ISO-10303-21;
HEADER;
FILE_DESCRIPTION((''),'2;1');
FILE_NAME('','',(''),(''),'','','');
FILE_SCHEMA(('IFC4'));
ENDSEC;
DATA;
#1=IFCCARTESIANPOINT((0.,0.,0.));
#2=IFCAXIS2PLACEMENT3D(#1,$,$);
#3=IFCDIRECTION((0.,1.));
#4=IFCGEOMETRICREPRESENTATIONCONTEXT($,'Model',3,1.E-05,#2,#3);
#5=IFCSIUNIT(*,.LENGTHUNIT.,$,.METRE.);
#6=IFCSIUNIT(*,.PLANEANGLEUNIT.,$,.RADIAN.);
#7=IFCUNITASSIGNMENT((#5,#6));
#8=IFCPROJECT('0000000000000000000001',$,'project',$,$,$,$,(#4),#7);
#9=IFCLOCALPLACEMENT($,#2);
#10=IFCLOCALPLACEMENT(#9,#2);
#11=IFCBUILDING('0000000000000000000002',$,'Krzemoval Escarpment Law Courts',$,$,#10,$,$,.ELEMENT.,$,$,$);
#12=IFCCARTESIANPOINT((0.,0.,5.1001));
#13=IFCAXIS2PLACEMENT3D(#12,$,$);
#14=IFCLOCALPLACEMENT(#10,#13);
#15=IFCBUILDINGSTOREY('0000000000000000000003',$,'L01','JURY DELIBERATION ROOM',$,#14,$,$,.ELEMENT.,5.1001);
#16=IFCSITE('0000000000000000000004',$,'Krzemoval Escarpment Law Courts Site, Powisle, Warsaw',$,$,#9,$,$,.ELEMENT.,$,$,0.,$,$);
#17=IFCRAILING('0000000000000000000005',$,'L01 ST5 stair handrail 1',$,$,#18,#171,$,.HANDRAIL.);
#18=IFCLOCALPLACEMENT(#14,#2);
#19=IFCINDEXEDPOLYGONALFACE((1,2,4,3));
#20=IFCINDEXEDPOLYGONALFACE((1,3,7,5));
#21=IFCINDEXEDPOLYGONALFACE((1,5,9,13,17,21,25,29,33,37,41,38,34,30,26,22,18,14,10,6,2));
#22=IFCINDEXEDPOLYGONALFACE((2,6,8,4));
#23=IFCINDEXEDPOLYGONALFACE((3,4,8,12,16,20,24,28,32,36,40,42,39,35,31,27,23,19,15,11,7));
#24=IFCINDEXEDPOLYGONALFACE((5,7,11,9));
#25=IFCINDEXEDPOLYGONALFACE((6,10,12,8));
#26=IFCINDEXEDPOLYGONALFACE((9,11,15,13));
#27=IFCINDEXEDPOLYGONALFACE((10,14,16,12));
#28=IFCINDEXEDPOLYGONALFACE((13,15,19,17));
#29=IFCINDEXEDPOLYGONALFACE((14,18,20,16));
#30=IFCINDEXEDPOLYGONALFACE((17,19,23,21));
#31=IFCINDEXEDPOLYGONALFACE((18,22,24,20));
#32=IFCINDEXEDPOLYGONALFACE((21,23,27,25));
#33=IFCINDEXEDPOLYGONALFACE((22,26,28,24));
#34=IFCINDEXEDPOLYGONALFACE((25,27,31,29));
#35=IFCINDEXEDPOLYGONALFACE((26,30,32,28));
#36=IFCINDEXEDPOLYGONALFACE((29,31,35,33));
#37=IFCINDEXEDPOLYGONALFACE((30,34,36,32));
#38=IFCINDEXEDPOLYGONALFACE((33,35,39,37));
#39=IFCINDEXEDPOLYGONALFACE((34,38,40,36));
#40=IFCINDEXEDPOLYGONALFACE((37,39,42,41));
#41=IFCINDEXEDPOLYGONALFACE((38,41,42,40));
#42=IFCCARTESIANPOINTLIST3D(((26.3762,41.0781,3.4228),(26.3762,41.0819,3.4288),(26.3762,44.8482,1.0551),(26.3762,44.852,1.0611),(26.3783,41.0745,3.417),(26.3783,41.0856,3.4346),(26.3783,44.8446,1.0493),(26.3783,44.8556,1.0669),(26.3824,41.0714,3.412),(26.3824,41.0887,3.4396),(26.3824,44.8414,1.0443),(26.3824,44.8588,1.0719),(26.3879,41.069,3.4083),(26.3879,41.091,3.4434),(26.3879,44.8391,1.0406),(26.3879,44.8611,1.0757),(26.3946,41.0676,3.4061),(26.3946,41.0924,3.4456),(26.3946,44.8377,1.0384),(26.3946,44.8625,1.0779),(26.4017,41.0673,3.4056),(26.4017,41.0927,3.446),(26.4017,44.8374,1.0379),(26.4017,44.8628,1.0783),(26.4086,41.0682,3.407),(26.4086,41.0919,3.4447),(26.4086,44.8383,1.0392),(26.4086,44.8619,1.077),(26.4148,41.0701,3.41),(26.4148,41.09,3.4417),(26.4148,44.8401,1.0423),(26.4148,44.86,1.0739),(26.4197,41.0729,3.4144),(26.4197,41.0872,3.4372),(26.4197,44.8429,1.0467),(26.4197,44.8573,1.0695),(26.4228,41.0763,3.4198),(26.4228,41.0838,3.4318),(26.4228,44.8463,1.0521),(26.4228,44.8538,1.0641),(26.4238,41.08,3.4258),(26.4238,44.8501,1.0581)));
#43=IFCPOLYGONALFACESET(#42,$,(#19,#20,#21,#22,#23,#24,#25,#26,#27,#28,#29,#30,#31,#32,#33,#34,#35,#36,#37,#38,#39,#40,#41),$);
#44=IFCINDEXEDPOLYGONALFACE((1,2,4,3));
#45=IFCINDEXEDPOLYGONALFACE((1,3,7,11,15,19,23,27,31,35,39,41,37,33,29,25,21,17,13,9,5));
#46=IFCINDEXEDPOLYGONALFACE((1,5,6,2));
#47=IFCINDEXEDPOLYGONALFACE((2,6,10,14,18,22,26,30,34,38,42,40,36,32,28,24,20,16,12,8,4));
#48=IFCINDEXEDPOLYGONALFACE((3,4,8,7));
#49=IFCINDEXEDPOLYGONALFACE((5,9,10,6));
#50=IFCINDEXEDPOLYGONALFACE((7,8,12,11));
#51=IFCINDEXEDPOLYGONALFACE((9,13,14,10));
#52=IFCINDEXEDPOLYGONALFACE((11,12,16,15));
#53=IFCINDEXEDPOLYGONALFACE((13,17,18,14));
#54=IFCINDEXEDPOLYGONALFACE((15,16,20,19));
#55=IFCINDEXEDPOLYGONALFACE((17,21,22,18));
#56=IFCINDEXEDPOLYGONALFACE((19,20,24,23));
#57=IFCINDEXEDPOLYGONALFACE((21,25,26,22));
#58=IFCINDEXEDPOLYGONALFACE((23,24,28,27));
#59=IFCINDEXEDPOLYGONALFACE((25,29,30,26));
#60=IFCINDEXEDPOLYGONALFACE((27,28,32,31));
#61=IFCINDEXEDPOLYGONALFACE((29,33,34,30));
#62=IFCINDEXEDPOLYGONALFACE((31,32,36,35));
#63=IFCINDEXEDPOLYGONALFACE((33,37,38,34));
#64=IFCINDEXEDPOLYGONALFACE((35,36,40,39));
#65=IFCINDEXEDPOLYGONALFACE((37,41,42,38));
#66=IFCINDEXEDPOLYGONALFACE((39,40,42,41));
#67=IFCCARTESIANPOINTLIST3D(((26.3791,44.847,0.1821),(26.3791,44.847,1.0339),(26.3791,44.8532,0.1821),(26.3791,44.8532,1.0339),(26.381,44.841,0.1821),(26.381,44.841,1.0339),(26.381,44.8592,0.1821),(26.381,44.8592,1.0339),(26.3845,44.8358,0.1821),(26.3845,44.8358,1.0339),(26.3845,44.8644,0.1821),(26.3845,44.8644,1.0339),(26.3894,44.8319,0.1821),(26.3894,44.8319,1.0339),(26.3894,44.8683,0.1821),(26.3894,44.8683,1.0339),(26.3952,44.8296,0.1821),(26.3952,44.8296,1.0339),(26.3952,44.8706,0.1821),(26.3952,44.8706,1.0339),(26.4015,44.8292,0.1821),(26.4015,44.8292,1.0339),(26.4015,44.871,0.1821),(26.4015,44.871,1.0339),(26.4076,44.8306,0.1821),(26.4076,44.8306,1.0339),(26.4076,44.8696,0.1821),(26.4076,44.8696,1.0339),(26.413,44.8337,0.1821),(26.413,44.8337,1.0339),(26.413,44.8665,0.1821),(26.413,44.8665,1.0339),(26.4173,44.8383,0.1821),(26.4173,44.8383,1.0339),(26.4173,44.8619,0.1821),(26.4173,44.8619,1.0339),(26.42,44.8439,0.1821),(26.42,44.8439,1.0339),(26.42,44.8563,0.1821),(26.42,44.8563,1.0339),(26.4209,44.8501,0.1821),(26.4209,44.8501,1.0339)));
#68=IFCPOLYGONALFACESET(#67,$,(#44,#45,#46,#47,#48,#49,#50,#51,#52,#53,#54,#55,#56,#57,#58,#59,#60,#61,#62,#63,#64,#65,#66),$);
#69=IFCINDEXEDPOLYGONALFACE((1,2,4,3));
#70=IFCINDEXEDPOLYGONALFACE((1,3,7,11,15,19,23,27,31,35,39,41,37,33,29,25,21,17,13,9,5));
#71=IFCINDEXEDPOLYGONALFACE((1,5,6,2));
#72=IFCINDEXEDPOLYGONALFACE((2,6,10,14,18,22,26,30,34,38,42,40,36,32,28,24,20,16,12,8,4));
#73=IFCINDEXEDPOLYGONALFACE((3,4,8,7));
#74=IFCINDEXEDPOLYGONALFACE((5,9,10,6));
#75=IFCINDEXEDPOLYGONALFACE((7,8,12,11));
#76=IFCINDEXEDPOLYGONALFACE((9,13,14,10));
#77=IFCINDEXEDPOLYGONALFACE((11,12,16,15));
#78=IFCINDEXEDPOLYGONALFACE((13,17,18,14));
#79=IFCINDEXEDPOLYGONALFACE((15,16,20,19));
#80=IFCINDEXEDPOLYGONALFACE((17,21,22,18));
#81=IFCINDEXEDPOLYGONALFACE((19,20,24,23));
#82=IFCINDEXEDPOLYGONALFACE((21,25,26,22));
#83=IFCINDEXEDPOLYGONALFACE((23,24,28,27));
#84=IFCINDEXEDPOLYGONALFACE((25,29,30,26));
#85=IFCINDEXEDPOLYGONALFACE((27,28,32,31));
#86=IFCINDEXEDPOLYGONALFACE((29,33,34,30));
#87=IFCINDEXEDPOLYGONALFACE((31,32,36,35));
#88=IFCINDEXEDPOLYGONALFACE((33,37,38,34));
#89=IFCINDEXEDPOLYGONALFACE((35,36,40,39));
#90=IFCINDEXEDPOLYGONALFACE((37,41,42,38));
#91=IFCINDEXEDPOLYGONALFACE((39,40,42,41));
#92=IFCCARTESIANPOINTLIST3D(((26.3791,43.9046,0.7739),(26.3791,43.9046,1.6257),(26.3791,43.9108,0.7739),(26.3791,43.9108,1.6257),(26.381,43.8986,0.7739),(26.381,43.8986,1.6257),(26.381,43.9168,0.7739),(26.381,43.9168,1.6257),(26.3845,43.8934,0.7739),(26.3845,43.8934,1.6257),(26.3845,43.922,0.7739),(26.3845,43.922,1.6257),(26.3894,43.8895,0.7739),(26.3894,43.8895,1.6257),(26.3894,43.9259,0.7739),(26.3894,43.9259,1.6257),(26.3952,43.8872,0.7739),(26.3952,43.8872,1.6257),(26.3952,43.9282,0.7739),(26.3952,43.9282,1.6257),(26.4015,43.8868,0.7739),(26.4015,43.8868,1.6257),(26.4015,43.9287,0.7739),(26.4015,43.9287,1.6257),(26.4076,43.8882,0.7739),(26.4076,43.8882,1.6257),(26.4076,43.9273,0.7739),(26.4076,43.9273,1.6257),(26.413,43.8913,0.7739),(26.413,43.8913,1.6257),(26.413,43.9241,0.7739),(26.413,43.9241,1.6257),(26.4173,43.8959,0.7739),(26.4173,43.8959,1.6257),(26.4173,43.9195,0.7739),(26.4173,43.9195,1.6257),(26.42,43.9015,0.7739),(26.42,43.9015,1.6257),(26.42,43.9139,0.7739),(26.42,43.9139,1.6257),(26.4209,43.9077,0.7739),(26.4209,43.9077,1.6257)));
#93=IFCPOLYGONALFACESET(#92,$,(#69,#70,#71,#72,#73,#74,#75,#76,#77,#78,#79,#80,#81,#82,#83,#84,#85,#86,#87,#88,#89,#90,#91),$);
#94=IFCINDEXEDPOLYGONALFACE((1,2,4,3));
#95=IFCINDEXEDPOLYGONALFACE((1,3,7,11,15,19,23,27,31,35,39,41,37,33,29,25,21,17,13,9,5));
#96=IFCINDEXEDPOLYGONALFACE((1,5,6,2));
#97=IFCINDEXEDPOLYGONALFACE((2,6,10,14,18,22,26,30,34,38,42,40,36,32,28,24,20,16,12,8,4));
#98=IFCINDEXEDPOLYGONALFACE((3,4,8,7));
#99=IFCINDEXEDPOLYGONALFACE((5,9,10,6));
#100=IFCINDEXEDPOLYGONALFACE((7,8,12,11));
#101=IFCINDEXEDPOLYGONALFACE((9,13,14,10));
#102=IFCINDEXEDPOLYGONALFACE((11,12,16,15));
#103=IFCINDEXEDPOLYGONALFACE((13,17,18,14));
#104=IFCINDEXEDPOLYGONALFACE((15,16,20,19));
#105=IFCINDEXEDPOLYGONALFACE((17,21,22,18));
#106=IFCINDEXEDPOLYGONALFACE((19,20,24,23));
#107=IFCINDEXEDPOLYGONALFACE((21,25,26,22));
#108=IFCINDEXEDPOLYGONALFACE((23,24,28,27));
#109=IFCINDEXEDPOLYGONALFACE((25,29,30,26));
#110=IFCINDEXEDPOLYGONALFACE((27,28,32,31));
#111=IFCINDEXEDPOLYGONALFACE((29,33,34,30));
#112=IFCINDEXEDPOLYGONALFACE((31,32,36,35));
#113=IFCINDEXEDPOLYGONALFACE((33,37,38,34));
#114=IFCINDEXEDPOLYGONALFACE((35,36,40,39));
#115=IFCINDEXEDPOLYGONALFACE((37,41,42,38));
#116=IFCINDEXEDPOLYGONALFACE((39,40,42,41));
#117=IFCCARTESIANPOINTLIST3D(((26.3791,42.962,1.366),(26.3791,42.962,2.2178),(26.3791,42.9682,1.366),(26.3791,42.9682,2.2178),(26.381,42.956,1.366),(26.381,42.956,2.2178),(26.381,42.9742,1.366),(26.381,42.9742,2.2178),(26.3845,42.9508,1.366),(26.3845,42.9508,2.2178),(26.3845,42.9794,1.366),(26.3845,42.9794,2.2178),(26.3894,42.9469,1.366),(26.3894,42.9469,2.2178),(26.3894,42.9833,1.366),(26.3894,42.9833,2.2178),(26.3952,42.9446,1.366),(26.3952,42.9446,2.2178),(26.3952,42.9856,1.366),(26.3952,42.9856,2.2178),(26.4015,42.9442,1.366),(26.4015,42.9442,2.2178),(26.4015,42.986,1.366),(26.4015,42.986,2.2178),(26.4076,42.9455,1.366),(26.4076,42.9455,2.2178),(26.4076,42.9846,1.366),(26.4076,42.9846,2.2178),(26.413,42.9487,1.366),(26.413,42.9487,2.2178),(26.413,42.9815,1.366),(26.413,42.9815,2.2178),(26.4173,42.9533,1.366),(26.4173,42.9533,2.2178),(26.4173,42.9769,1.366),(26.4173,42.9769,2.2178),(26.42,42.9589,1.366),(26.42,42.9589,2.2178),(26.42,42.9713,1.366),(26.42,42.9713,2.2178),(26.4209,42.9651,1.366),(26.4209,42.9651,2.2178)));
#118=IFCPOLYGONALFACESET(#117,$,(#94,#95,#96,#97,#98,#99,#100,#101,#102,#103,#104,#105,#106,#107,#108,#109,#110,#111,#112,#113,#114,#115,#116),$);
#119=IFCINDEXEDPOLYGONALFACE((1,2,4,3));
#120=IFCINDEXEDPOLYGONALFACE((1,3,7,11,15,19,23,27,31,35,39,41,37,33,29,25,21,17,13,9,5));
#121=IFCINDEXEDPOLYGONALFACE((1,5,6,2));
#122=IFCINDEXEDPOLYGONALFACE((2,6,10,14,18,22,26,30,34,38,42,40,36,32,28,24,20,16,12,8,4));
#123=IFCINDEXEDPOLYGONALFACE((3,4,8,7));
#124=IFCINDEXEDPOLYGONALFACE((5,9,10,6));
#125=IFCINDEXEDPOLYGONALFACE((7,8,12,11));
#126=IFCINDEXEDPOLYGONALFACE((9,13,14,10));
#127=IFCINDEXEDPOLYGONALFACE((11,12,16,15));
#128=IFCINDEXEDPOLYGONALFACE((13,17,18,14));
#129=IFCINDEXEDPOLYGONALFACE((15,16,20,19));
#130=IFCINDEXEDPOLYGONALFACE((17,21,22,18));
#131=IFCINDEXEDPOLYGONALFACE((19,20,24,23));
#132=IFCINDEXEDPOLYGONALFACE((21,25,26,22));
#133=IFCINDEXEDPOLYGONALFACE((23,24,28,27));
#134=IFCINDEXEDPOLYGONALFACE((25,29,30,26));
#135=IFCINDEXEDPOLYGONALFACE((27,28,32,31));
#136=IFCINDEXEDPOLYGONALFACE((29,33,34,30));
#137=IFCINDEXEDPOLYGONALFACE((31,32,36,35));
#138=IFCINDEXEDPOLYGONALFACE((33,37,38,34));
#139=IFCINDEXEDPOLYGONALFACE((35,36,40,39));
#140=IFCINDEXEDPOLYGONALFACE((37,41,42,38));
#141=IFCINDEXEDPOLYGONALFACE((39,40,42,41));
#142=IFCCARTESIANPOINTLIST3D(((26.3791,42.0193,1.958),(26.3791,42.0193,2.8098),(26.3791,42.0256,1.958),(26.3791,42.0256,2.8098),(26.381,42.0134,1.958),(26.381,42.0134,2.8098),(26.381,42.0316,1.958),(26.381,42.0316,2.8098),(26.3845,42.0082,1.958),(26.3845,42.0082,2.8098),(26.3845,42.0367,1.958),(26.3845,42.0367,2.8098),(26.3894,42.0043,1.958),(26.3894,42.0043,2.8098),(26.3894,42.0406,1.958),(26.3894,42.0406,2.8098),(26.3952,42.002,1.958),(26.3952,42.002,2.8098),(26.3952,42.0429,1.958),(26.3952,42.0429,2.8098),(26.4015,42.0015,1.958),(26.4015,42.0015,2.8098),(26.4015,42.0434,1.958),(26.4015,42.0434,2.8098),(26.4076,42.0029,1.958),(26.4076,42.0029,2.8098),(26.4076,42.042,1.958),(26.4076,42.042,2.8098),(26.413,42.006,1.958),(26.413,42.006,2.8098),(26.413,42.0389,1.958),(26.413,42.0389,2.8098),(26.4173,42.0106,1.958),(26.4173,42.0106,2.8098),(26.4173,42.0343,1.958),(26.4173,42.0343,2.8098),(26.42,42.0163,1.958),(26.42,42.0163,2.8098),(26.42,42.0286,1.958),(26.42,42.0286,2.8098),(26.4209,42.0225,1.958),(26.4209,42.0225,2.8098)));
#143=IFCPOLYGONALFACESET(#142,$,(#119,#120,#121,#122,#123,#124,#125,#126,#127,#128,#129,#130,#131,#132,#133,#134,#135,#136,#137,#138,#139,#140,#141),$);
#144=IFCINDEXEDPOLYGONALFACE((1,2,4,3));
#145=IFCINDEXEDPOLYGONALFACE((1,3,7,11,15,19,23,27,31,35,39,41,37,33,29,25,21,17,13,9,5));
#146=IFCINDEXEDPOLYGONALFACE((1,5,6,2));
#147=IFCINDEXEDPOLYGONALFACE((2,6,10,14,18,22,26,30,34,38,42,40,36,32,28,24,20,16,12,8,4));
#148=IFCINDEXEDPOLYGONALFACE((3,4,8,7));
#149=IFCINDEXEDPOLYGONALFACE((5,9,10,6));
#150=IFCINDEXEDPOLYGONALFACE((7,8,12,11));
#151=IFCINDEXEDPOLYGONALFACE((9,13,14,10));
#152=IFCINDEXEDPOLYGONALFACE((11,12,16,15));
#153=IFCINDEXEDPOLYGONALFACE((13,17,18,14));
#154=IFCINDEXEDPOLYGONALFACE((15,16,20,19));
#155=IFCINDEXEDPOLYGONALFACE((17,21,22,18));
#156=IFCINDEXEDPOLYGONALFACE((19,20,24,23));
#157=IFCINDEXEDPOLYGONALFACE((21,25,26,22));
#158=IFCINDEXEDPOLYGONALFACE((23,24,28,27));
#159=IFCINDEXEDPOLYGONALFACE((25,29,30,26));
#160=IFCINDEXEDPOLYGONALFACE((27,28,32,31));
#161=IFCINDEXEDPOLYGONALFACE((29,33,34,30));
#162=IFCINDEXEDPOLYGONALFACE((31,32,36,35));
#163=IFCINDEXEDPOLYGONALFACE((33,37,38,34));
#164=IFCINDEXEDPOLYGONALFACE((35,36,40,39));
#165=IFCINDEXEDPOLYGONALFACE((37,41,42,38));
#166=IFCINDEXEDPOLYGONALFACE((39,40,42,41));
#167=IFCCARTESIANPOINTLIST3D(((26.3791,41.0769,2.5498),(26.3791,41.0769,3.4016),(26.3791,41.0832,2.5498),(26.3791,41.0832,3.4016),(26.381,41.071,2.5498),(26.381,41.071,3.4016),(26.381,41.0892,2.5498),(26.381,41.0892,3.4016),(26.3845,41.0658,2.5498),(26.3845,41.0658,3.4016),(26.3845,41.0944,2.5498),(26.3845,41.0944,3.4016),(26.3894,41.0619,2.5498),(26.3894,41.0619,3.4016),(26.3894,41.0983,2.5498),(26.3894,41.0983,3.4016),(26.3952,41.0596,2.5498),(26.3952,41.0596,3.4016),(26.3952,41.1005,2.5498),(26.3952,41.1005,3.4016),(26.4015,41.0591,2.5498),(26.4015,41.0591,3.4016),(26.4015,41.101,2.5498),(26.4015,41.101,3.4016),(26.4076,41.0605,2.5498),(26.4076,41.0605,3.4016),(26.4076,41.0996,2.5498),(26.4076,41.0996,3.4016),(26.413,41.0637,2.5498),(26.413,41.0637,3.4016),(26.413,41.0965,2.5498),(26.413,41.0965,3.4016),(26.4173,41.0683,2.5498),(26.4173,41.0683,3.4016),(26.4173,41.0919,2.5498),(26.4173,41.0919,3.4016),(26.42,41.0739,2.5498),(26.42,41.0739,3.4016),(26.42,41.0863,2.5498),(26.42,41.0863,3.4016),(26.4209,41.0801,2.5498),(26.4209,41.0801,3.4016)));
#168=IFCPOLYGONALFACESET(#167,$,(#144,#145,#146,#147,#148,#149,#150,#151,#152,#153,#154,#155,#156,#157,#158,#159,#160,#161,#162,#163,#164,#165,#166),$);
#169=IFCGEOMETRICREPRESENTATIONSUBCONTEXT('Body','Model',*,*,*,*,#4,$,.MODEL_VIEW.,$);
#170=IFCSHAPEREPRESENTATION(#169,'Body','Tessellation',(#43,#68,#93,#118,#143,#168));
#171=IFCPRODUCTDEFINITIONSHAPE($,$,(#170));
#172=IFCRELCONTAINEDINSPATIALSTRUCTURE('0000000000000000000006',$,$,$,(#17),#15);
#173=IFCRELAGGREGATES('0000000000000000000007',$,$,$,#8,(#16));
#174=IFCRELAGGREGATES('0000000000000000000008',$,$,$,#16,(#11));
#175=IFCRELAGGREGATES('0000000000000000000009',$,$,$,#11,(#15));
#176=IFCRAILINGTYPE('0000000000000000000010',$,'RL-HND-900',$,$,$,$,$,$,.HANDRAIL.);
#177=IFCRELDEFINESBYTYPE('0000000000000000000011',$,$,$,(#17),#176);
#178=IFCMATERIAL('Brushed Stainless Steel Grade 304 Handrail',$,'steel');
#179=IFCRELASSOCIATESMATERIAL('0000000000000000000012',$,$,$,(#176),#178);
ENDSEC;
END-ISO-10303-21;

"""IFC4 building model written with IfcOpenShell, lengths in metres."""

from ifc_helpers import new_model, si_unit, direction, frame, origin, origin_2d, place, context, subcontext, project, spatial, circle, extrude, material, type_object, element, save


model = new_model("IFC4")

# Units and contexts
model_context = context("Model", 3, precision=1e-05, world=origin(), true_north=direction((0.0, 1.0)))
body_context = subcontext(model_context, "Body", "Model", "MODEL_VIEW")
ifc_project = project(units=[si_unit("LENGTHUNIT", "METRE"), si_unit("PLANEANGLEUNIT", "RADIAN")], contexts=[model_context])

# Site, building, storey
site_placement = place(None, origin())
site = spatial("IfcSite", under=ifc_project, at=site_placement, Name="Krzemoval Escarpment Law Courts Site, Powisle, Warsaw", CompositionType="ELEMENT", RefElevation=0.0)
building_placement = place(site_placement, origin())
building = spatial("IfcBuilding", under=site, at=building_placement, Name="Krzemoval Escarpment Law Courts", CompositionType="ELEMENT")
storey_placement = place(building_placement, frame((0.0, 0.0, 5.1001)))
storey = spatial("IfcBuildingStorey", under=building, at=storey_placement, Name="L01", Description="JURY DELIBERATION ROOM", CompositionType="ELEMENT", Elevation=5.1001)

# Railing
ifc_material_1 = material(Name="Brushed Stainless Steel Grade 304 Handrail", Category="steel")
railing_type_1 = type_object("IfcRailingType", Name="RL-HND-900", PredefinedType="HANDRAIL", material=ifc_material_1)
railing_1_placement = place(storey_placement, frame((26.3999, 44.8501, 0.1821)))
element("IfcRailing", 1, at=railing_1_placement, inside=storey, type_object=railing_type_1, Name="L01 ST5 stair handrail 1", PredefinedType="HANDRAIL", context=body_context, shape_type="SweptSolid", body=[
    extrude(circle(Radius=0.0239, at=origin_2d()), frame((0.0, 0.0, 0.876), z_axis=(0.0, -0.846844, 0.531841), x_axis=(1.0, 0.0, 0.0)), (0.0, 0.0, 1.0), 4.4519),
    extrude(circle(Radius=0.021, at=origin_2d()), origin(), (0.0, 0.0, 1.0), 0.8518),
    extrude(circle(Radius=0.021, at=origin_2d()), frame((0.0, -0.9424, 0.5918)), (0.0, 0.0, 1.0), 0.8518),
    extrude(circle(Radius=0.021, at=origin_2d()), frame((0.0, -1.885, 1.1838)), (0.0, 0.0, 1.0), 0.8518),
    extrude(circle(Radius=0.021, at=origin_2d()), frame((0.0, -2.8276, 1.7759)), (0.0, 0.0, 1.0), 0.8518),
    extrude(circle(Radius=0.021, at=origin_2d()), frame((0.0, -3.77, 2.3677)), (0.0, 0.0, 1.0), 0.8518),
])

save(model, "model.ifc")
